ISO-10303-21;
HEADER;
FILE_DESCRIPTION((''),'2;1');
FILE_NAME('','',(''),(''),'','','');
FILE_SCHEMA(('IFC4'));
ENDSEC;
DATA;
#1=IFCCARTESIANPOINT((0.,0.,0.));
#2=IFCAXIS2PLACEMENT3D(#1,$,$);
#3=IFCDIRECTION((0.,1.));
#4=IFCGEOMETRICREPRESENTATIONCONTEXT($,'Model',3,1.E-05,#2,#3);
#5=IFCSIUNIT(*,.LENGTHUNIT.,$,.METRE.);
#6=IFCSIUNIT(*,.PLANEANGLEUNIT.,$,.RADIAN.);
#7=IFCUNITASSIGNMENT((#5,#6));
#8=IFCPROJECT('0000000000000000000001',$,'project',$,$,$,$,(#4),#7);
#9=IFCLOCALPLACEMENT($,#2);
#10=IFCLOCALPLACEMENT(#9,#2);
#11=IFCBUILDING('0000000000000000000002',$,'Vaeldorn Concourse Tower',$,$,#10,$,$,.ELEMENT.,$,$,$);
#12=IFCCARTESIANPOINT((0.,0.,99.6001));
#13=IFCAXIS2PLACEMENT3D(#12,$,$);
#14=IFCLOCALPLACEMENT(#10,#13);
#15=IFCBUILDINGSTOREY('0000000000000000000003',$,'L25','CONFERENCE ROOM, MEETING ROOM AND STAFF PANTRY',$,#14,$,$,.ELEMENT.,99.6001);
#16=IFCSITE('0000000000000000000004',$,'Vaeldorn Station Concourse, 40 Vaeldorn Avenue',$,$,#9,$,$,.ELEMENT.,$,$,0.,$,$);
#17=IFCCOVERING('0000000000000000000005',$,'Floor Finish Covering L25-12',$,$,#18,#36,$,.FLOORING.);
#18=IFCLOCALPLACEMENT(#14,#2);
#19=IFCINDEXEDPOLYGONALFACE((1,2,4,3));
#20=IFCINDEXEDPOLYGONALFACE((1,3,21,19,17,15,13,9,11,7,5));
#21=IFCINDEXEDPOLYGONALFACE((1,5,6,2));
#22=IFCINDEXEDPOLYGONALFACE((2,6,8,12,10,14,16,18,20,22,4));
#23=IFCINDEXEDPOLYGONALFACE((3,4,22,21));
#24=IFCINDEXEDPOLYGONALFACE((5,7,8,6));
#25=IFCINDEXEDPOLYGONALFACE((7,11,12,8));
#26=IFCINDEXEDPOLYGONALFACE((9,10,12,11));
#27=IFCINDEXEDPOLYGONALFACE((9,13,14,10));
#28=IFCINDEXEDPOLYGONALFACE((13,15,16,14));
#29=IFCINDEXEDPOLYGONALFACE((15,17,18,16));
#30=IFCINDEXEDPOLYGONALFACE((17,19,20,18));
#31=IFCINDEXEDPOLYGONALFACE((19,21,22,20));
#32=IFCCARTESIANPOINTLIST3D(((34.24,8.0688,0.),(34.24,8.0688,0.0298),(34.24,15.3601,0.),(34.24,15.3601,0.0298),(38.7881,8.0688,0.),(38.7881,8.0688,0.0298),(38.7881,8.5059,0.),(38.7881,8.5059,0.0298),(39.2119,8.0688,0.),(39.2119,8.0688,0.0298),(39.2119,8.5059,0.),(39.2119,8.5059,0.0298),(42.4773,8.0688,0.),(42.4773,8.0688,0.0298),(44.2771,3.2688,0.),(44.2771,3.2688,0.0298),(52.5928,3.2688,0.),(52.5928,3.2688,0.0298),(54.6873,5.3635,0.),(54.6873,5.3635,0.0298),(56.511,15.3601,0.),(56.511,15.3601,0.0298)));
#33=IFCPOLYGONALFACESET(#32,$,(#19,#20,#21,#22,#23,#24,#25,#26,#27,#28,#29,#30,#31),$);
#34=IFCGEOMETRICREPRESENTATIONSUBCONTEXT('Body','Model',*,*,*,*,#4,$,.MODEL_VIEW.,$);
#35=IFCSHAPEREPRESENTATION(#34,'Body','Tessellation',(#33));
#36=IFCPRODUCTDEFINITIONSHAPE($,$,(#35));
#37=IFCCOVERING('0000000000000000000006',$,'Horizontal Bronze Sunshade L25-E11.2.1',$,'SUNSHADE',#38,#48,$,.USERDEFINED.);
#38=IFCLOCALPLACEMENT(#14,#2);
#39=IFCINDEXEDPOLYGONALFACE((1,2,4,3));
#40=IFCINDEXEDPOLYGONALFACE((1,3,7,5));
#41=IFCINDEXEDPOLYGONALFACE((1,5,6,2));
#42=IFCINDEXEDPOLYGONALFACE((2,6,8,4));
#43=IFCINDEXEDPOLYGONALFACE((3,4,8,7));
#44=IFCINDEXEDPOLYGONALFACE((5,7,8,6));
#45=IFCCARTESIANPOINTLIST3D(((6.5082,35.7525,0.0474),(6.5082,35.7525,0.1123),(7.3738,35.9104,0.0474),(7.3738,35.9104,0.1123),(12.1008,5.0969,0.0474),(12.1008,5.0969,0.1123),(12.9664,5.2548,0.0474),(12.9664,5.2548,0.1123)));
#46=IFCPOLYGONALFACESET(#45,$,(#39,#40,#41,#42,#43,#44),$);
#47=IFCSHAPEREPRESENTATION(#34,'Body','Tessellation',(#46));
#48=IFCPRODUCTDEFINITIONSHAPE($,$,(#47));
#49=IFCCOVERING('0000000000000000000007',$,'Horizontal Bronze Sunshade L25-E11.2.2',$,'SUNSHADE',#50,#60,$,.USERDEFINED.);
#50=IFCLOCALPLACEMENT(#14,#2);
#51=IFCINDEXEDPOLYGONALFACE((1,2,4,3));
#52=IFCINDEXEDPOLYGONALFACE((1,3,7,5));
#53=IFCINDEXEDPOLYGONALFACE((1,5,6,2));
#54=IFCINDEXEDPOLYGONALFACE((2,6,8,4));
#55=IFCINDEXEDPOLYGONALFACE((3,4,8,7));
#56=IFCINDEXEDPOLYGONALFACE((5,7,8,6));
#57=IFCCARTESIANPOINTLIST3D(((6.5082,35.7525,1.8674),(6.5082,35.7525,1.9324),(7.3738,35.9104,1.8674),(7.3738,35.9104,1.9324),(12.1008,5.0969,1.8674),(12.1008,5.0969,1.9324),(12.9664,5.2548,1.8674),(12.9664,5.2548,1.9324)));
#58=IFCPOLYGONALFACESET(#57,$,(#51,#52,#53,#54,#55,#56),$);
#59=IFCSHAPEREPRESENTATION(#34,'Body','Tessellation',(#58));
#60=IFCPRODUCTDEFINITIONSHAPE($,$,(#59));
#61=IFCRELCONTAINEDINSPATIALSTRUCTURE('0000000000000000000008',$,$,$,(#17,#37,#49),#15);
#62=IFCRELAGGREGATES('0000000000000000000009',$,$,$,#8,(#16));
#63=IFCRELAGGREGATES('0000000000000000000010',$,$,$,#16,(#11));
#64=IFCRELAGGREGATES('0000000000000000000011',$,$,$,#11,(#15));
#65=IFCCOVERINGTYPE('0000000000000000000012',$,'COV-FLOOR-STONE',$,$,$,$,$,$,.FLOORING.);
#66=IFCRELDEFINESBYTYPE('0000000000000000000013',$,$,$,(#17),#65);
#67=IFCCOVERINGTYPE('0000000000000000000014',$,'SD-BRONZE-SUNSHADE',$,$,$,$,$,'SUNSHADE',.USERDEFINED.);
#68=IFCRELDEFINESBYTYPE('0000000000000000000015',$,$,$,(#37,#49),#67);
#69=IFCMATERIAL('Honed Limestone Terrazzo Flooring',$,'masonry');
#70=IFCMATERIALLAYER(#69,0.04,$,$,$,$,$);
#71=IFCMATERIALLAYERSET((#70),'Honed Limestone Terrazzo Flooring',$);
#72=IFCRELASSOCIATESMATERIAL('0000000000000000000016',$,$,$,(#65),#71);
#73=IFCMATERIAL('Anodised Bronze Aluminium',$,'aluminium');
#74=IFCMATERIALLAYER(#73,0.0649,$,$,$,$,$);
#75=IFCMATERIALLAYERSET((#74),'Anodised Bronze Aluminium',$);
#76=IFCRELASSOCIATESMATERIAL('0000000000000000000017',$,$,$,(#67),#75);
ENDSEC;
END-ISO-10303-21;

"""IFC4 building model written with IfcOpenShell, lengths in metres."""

from ifc_helpers import new_model, si_unit, direction, frame, origin, origin_2d, place, context, subcontext, project, spatial, polyline, rectangle, outline, extrude, source, transform, mapped, material, layer, layer_set, type_object, element, save


model = new_model("IFC4")

# Units and contexts
model_context = context("Model", 3, precision=1e-05, world=origin(), true_north=direction((0.0, 1.0)))
body_context = subcontext(model_context, "Body", "Model", "MODEL_VIEW")
ifc_project = project(units=[si_unit("LENGTHUNIT", "METRE"), si_unit("PLANEANGLEUNIT", "RADIAN")], contexts=[model_context])

# Site, building, storey
site_placement = place(None, origin())
site = spatial("IfcSite", under=ifc_project, at=site_placement, Name="Vaeldorn Station Concourse, 40 Vaeldorn Avenue", CompositionType="ELEMENT", RefElevation=0.0)
building_placement = place(site_placement, origin())
building = spatial("IfcBuilding", under=site, at=building_placement, Name="Vaeldorn Concourse Tower", CompositionType="ELEMENT")
storey_placement = place(building_placement, frame((0.0, 0.0, 99.6001)))
storey = spatial("IfcBuildingStorey", under=building, at=storey_placement, Name="L25", Description="CONFERENCE ROOM, MEETING ROOM AND STAFF PANTRY", CompositionType="ELEMENT", Elevation=99.6001)

# Shared definitions
ifc_material_1 = material(Name="Anodised Bronze Aluminium", Category="aluminium")

# Coverings
ifc_material_2 = material(Name="Honed Limestone Terrazzo Flooring", Category="masonry")
ifc_layer_1 = layer(ifc_material_2, 0.04)
ifc_layer_set_1 = layer_set([ifc_layer_1], Name="Honed Limestone Terrazzo Flooring")
covering_type_1 = type_object("IfcCoveringType", Name="COV-FLOOR-STONE", PredefinedType="FLOORING", material=ifc_layer_set_1)
covering_1_placement = place(storey_placement, origin())
element("IfcCovering", 1, at=covering_1_placement, inside=storey, type_object=covering_type_1, Name="Floor Finish Covering L25-12", PredefinedType="FLOORING", context=body_context, shape_type="SweptSolid", body=[
    extrude(outline(polyline([(34.24, 15.3601), (56.511, 15.3601), (54.6873, 5.3635), (52.5928, 3.2688), (44.2771, 3.2688), (42.4773, 8.0688), (39.2119, 8.0688), (39.2119, 8.5059), (38.7881, 8.5059), (38.7881, 8.0688), (34.24, 8.0688), (34.24, 15.3601)])), origin(), (0.0, 0.0, 1.0), 0.0298),
])
ifc_layer_2 = layer(ifc_material_1, 0.0649)
ifc_layer_set_2 = layer_set([ifc_layer_2], Name="Anodised Bronze Aluminium")
covering_type_2 = type_object("IfcCoveringType", Name="SD-BRONZE-SUNSHADE", ElementType="SUNSHADE", PredefinedType="USERDEFINED", material=ifc_layer_set_2)
shared_shape_1 = source(origin(), body_context, "Body", "SweptSolid", [
    extrude(rectangle(XDim=31.1616, YDim=0.8799, at=origin_2d()), origin(), (0.0, 0.0, 1.0), 0.0649),
])
for number, where, z_axis, x_axis, name in (
    (2, (9.7373, 20.5037, 0.0474), (0.0, 0.0, 1.0), (0.179472, -0.983763, 0.0), "Horizontal Bronze Sunshade L25-E11.2.1"),
    (3, (9.7373, 20.5037, 1.8674), (0.0, 0.0, 1.0), (0.179472, -0.983763, 0.0), "Horizontal Bronze Sunshade L25-E11.2.2"),
):
    element("IfcCovering", number, at=place(storey_placement, frame(where, z_axis=z_axis, x_axis=x_axis)), inside=storey, type_object=covering_type_2, Name=name, ObjectType="SUNSHADE", PredefinedType="USERDEFINED", context=body_context, shape_type="MappedRepresentation", body=[
        mapped(shared_shape_1, transform((0.0, 0.0, 0.0), scale=1.0)),
    ])

save(model, "model.ifc")
